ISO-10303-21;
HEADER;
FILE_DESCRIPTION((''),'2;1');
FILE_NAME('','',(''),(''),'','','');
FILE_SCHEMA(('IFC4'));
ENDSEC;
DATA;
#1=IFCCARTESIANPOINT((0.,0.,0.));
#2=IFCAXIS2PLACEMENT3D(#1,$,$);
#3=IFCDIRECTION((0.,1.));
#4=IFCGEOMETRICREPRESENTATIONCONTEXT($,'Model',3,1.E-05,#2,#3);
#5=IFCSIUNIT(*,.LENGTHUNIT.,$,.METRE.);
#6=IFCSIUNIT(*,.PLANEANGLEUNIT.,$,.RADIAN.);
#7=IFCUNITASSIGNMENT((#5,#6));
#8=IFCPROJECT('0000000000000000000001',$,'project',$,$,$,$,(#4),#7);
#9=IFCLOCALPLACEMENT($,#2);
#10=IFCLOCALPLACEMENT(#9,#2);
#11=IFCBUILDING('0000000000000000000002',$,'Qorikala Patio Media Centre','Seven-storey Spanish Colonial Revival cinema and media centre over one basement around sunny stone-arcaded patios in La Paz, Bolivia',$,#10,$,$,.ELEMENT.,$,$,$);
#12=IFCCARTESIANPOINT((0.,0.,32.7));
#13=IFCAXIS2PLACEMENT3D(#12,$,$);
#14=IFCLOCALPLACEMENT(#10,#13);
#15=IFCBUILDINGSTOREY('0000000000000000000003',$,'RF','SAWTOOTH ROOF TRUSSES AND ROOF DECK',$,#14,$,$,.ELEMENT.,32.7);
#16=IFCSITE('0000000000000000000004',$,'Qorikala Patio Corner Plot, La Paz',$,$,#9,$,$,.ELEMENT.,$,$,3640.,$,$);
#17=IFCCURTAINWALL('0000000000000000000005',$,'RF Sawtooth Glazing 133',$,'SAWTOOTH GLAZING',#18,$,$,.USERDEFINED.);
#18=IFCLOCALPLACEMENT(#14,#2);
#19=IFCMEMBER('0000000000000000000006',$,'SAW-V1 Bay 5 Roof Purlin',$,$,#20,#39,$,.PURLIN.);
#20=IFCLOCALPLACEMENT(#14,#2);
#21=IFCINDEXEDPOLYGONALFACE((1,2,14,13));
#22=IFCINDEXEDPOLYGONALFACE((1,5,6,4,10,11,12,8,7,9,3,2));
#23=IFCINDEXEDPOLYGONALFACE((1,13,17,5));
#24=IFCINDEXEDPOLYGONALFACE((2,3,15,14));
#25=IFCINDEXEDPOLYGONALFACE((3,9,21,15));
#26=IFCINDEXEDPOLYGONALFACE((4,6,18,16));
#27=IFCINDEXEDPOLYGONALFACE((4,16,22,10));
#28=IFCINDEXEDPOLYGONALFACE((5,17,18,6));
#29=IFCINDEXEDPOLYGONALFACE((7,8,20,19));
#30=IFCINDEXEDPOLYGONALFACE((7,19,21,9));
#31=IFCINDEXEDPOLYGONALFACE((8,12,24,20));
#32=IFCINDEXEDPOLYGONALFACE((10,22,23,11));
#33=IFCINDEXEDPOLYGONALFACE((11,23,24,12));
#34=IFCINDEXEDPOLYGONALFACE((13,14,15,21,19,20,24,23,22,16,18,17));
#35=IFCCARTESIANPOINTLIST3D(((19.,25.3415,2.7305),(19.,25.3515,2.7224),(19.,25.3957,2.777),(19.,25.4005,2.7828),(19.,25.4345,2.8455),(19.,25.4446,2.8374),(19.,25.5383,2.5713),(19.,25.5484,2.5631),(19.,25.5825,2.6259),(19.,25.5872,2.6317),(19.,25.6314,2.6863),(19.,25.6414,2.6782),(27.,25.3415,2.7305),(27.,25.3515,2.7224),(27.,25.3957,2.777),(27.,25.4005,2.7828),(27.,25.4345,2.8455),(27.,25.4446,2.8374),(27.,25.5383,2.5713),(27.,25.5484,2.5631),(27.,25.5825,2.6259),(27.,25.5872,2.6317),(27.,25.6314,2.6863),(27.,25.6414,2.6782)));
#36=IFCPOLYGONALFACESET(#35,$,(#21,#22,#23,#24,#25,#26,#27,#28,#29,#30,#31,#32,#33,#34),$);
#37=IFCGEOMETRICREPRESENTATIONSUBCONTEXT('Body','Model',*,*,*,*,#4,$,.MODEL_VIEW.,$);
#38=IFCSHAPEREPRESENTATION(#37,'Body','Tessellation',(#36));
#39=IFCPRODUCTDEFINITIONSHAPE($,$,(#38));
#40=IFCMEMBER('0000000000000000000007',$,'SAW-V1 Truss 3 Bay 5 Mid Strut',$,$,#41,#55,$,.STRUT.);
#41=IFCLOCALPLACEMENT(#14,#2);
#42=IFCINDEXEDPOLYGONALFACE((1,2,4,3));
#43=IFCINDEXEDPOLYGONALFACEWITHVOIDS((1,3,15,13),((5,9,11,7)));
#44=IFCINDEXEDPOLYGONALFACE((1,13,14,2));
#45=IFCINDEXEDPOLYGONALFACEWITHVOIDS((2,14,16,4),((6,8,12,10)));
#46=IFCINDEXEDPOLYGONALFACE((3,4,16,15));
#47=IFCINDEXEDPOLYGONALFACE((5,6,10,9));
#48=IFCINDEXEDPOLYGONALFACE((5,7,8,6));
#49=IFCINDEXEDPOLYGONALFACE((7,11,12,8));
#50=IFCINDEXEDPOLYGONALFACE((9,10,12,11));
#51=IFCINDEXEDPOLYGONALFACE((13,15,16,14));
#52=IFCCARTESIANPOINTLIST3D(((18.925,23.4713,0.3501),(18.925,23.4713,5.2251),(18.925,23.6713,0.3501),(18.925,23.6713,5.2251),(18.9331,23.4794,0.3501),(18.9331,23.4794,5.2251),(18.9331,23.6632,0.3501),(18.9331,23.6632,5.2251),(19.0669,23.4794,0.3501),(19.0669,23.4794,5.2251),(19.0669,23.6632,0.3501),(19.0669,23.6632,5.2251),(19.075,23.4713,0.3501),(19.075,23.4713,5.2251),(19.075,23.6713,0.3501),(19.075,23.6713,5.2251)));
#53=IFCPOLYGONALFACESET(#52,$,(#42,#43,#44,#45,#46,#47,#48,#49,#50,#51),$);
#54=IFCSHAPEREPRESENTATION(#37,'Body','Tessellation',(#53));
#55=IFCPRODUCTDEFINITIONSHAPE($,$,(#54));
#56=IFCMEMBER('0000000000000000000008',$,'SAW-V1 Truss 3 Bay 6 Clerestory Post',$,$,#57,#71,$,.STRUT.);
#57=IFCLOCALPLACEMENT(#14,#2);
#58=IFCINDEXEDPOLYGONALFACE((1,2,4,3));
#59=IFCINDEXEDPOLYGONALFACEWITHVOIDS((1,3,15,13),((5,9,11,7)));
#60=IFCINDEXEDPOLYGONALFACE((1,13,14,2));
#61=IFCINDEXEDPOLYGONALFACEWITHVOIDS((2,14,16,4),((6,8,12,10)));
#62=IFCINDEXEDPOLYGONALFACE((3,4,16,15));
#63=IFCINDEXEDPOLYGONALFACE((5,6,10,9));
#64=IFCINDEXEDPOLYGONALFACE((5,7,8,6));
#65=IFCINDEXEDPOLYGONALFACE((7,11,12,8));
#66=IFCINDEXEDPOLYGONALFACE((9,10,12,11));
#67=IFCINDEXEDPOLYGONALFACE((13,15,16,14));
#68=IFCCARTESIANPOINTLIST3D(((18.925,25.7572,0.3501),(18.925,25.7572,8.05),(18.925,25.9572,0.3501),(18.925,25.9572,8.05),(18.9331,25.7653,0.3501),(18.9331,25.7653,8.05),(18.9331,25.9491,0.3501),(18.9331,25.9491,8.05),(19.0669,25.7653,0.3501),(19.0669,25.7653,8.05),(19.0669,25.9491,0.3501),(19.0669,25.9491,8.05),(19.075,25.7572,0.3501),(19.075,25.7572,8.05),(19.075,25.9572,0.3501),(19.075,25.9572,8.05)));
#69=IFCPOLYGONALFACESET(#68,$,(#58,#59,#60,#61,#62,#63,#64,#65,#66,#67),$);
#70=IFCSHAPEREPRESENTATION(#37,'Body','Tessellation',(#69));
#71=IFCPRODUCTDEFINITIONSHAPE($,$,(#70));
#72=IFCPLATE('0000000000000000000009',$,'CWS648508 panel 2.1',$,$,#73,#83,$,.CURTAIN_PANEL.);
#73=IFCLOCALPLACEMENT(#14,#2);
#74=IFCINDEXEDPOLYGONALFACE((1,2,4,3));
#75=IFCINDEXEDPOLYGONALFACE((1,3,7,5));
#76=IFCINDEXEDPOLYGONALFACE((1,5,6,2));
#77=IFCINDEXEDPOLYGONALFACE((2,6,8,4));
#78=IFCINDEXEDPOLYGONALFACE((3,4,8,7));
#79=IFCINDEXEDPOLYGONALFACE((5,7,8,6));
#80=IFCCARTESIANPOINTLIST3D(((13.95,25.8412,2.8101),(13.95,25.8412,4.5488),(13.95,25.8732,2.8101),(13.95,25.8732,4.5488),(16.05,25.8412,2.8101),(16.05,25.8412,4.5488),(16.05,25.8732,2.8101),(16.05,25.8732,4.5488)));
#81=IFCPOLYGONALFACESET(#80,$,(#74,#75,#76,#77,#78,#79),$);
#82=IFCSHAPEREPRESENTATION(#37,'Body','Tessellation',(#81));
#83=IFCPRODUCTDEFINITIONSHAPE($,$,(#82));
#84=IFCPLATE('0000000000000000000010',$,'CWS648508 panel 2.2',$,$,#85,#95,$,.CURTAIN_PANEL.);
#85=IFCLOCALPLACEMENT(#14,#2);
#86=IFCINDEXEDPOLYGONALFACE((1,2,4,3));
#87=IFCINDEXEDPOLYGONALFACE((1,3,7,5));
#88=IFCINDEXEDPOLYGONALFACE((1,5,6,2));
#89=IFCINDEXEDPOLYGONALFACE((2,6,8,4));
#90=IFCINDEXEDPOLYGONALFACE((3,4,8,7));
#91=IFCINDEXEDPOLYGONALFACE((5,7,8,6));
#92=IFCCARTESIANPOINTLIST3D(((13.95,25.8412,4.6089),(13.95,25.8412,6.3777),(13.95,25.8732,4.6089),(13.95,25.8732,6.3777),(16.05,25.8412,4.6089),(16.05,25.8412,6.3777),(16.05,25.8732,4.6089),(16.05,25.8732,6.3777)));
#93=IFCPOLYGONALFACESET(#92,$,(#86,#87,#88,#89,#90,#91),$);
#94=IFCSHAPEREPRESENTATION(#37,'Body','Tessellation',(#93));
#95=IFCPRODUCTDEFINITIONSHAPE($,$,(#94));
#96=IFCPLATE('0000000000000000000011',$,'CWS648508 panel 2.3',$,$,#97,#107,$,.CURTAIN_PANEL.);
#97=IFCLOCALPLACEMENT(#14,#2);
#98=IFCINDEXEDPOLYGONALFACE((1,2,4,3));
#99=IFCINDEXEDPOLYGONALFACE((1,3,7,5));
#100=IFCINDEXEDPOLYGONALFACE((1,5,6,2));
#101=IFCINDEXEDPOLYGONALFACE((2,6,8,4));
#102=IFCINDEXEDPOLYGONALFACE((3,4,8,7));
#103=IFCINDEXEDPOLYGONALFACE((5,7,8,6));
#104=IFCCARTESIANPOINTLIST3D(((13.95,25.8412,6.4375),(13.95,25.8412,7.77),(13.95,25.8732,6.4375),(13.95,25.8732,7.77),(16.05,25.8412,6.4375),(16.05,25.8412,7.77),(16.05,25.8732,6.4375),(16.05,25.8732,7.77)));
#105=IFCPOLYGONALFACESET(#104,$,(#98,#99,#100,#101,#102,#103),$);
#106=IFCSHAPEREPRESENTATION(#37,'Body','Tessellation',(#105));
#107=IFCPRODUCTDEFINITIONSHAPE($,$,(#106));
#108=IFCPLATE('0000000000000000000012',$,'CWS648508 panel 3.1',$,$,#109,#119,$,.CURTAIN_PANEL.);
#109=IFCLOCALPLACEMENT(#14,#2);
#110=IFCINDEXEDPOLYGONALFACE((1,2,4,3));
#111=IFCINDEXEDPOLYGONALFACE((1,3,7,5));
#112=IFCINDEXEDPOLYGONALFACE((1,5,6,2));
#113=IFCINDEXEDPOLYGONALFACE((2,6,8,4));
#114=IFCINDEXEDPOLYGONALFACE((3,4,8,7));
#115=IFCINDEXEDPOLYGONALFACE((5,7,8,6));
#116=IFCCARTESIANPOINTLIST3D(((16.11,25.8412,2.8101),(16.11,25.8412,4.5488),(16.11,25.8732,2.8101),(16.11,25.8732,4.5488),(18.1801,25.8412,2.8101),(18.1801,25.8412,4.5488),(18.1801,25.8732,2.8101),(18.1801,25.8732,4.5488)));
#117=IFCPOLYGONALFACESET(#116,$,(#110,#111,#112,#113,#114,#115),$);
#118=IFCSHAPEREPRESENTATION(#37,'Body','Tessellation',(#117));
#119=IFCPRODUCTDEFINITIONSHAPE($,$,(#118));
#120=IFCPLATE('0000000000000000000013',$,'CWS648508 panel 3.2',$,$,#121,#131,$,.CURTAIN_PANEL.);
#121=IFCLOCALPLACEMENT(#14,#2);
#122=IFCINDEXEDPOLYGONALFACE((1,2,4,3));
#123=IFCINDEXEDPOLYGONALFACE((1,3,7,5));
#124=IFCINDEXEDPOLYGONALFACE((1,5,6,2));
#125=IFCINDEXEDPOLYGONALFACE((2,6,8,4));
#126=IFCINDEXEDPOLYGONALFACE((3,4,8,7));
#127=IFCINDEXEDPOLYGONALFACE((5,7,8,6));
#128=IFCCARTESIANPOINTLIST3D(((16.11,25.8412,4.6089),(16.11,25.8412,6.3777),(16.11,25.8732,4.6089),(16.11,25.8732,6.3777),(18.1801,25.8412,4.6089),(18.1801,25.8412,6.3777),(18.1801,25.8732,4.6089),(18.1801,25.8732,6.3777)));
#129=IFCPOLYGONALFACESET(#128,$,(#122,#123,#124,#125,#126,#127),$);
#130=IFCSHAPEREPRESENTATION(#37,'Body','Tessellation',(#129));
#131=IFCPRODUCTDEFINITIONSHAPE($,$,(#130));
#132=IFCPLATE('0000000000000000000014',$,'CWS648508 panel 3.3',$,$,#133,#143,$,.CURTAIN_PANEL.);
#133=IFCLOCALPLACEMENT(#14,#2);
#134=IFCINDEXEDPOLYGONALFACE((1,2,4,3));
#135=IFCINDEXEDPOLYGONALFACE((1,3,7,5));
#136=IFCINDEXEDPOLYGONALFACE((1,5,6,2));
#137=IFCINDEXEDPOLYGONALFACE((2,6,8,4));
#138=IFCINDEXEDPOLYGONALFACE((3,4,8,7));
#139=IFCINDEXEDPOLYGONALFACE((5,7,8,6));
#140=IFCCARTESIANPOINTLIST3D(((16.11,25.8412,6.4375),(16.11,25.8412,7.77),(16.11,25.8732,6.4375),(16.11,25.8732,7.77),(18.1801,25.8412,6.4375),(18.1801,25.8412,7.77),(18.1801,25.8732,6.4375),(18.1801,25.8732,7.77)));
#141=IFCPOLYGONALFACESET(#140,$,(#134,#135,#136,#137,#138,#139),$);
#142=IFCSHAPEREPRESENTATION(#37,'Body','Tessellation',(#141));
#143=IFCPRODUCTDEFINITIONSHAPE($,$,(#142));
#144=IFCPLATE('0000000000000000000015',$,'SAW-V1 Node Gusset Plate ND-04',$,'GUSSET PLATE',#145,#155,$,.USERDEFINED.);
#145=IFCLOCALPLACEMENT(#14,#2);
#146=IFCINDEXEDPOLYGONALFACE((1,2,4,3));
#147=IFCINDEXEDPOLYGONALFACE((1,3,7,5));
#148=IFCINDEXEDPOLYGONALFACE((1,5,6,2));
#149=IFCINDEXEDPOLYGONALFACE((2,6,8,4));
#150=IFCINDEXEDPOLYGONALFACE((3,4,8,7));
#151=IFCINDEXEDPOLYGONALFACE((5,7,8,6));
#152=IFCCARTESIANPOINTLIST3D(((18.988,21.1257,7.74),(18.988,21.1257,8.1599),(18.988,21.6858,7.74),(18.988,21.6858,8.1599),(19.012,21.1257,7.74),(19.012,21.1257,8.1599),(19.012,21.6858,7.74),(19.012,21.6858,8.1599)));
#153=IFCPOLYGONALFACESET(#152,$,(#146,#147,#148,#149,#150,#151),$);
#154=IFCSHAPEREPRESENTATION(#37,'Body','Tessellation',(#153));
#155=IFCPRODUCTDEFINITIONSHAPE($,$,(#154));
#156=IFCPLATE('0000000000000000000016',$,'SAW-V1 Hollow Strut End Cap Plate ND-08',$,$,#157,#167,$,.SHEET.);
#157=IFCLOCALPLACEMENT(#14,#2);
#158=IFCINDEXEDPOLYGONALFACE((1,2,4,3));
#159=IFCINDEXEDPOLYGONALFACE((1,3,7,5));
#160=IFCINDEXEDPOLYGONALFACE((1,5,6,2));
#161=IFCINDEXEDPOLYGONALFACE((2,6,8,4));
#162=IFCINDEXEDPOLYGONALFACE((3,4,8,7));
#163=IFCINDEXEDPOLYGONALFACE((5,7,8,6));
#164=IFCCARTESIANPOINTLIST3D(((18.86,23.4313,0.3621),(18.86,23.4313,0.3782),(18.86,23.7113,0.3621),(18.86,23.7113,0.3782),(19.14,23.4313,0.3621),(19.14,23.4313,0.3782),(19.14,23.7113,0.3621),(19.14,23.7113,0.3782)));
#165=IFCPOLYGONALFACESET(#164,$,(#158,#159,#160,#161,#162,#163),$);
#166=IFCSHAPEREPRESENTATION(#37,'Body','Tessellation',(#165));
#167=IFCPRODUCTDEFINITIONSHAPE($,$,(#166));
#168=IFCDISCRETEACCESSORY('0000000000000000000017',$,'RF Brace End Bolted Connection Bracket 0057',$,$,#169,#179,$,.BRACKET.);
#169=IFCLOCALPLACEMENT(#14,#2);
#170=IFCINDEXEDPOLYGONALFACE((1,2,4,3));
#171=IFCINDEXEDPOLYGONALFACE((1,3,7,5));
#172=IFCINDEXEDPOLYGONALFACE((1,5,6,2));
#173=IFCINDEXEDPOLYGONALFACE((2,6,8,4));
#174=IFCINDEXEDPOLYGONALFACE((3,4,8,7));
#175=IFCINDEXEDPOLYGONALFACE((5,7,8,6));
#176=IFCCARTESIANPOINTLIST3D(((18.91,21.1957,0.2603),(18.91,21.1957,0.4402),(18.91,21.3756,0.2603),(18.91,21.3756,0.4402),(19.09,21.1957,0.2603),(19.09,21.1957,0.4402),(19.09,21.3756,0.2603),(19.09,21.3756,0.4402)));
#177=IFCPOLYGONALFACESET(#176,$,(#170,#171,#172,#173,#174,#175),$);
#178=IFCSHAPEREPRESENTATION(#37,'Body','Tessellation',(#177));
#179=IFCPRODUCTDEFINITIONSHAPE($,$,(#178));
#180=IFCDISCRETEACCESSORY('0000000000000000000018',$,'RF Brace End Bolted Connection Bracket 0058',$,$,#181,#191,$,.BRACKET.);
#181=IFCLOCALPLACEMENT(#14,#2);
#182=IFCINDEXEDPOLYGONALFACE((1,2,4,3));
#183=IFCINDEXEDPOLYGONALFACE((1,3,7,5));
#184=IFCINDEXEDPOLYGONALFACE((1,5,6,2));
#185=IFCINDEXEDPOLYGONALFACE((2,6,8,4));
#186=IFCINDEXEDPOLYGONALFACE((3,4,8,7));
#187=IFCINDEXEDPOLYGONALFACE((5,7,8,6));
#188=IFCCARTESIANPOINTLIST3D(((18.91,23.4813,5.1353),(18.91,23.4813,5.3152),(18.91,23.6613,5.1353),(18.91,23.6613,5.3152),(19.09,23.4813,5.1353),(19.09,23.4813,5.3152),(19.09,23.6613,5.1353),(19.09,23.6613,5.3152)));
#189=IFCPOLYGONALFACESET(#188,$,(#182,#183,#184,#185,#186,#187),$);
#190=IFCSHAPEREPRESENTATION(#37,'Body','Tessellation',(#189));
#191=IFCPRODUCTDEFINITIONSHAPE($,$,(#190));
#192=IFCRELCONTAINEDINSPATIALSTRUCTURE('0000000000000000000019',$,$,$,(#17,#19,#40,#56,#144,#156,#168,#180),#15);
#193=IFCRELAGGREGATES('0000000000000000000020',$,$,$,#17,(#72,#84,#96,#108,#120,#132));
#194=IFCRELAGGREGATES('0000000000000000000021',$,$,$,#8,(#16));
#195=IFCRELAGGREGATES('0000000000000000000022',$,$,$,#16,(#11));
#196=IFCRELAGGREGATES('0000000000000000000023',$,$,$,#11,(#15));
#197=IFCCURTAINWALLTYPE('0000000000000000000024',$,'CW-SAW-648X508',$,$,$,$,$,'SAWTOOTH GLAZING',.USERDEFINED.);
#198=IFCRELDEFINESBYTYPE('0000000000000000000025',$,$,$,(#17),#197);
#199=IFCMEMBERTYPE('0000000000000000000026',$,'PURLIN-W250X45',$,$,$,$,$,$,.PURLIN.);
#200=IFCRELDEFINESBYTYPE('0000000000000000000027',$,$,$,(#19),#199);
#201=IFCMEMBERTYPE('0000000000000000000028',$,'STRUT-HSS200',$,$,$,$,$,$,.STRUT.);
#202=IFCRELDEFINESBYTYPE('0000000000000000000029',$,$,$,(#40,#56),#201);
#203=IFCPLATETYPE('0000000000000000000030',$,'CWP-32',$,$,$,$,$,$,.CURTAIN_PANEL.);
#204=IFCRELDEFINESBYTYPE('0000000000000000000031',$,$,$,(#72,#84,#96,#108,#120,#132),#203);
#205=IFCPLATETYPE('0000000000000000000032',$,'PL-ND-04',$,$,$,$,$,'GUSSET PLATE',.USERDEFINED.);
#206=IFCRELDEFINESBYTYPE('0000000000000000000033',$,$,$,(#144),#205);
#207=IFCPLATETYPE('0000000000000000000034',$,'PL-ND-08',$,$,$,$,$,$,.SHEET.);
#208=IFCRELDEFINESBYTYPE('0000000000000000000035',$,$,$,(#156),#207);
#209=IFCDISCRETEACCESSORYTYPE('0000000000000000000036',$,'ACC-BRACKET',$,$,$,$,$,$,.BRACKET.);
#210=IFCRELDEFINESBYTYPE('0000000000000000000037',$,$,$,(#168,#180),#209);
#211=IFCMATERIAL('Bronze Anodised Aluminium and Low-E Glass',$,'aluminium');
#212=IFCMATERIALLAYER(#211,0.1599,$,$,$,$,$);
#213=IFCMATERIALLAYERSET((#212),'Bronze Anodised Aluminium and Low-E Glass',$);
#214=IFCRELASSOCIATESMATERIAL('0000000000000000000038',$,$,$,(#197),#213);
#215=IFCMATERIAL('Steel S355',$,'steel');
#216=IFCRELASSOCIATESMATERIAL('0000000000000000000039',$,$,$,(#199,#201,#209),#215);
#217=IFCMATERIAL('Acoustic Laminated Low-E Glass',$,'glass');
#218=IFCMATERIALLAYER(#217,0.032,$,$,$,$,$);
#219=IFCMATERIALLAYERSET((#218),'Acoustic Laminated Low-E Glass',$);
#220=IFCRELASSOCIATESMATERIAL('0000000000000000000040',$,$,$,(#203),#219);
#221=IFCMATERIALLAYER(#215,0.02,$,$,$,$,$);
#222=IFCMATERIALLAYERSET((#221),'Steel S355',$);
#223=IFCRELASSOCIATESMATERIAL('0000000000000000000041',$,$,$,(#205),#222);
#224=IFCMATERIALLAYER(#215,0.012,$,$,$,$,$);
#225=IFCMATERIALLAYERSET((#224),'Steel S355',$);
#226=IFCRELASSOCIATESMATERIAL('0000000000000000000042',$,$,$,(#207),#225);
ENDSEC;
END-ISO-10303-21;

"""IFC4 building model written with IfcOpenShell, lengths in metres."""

from ifc_helpers import new_model, si_unit, direction, frame, origin, origin_2d, place, context, subcontext, project, spatial, rectangle, hollow_rectangle, i_section, extrude, material, layer, layer_set, material_profile, profile_set, type_object, element, aggregate, save


model = new_model("IFC4")

# Units and contexts
model_context = context("Model", 3, precision=1e-05, world=origin(), true_north=direction((0.0, 1.0)))
body_context = subcontext(model_context, "Body", "Model", "MODEL_VIEW")
ifc_project = project(units=[si_unit("LENGTHUNIT", "METRE"), si_unit("PLANEANGLEUNIT", "RADIAN")], contexts=[model_context])

# Site, building, storey
site_placement = place(None, origin())
site = spatial("IfcSite", under=ifc_project, at=site_placement, Name="Qorikala Patio Corner Plot, La Paz", CompositionType="ELEMENT", RefElevation=3640.0)
building_placement = place(site_placement, origin())
building = spatial("IfcBuilding", under=site, at=building_placement, Name="Qorikala Patio Media Centre", Description="Seven-storey Spanish Colonial Revival cinema and media centre over one basement around sunny stone-arcaded patios in La Paz, Bolivia", CompositionType="ELEMENT")
storey_placement = place(building_placement, frame((0.0, 0.0, 32.7)))
storey = spatial("IfcBuildingStorey", under=building, at=storey_placement, Name="RF", Description="SAWTOOTH ROOF TRUSSES AND ROOF DECK", CompositionType="ELEMENT", Elevation=32.7)

# Shared definitions
ifc_material_1 = material(Name="Steel S355", Category="steel")

# Curtain wall
ifc_material_2 = material(Name="Bronze Anodised Aluminium and Low-E Glass", Category="aluminium")
ifc_layer_1 = layer(ifc_material_2, 0.1599)
ifc_layer_set_1 = layer_set([ifc_layer_1], Name="Bronze Anodised Aluminium and Low-E Glass")
curtain_wall_type = type_object("IfcCurtainWallType", Name="CW-SAW-648X508", ElementType="SAWTOOTH GLAZING", PredefinedType="USERDEFINED", material=ifc_layer_set_1)
curtain_wall_placement = place(storey_placement, origin())
curtain_wall = element("IfcCurtainWall", 1, at=curtain_wall_placement, inside=storey, type_object=curtain_wall_type, Name="RF Sawtooth Glazing 133", ObjectType="SAWTOOTH GLAZING", PredefinedType="USERDEFINED")

# Members
ifc_material_profile_1 = material_profile(ifc_material_1, i_section(OverallWidth=0.1479, OverallDepth=0.2661, WebThickness=0.0076, FlangeThickness=0.0129, at=origin_2d()), Name="W250X45")
ifc_profile_set_1 = profile_set([ifc_material_profile_1], Name="Steel S355")
member_type_1 = type_object("IfcMemberType", Name="PURLIN-W250X45", PredefinedType="PURLIN", material=ifc_profile_set_1)
for number, where, z_axis, x_axis, name in (
    (2, (19.0, 25.4915, 2.7043), (1.0, 0.0, 0.0), (0.0, 0.628995, 0.77741), "SAW-V1 Bay 5 Roof Purlin"),
):
    element("IfcMember", number, at=place(storey_placement, frame(where, z_axis=z_axis, x_axis=x_axis)), inside=storey, type_object=member_type_1, Name=name, PredefinedType="PURLIN", context=body_context, shape_type="SweptSolid", body=[
        extrude(i_section(OverallWidth=0.1479, OverallDepth=0.2661, WebThickness=0.0076, FlangeThickness=0.0129, at=origin_2d()), origin(), (0.0, 0.0, 1.0), 8.0),
    ])
ifc_material_profile_2 = material_profile(ifc_material_1, hollow_rectangle(XDim=0.1499, YDim=0.2, WallThickness=0.0081, at=origin_2d()), Name="HSS200X150X8")
ifc_profile_set_2 = profile_set([ifc_material_profile_2], Name="Steel S355")
member_type_2 = type_object("IfcMemberType", Name="STRUT-HSS200", PredefinedType="STRUT", material=ifc_profile_set_2)
member_1_placement = place(storey_placement, frame((19.0, 23.5713, 0.3501), z_axis=(0.0, 0.0, 1.0), x_axis=(1.0, 0.0, 0.0)))
element("IfcMember", 3, at=member_1_placement, inside=storey, type_object=member_type_2, Name="SAW-V1 Truss 3 Bay 5 Mid Strut", PredefinedType="STRUT", context=body_context, shape_type="SweptSolid", body=[
    extrude(hollow_rectangle(XDim=0.1499, YDim=0.2, WallThickness=0.0081, at=origin_2d()), origin(), (0.0, 0.0, 1.0), 4.875),
])
member_2_placement = place(storey_placement, frame((19.0, 25.8572, 0.3501), z_axis=(0.0, 0.0, 1.0), x_axis=(1.0, 0.0, 0.0)))
element("IfcMember", 4, at=member_2_placement, inside=storey, type_object=member_type_2, Name="SAW-V1 Truss 3 Bay 6 Clerestory Post", PredefinedType="STRUT", context=body_context, shape_type="SweptSolid", body=[
    extrude(hollow_rectangle(XDim=0.1499, YDim=0.2, WallThickness=0.0081, at=origin_2d()), origin(), (0.0, 0.0, 1.0), 7.7),
])

# Plates
ifc_material_3 = material(Name="Acoustic Laminated Low-E Glass", Category="glass")
ifc_layer_2 = layer(ifc_material_3, 0.032)
ifc_layer_set_2 = layer_set([ifc_layer_2], Name="Acoustic Laminated Low-E Glass")
plate_type_1 = type_object("IfcPlateType", Name="CWP-32", PredefinedType="CURTAIN_PANEL", material=ifc_layer_set_2)
plate_1_placement = place(storey_placement, frame((15.0, 25.8572, 2.8101), z_axis=(0.0, 0.0, 1.0), x_axis=(1.0, 0.0, 0.0)))
plate_1 = element("IfcPlate", 5, at=plate_1_placement, type_object=plate_type_1, Name="CWS648508 panel 2.1", PredefinedType="CURTAIN_PANEL", context=body_context, shape_type="SweptSolid", body=[
    extrude(rectangle(XDim=2.1001, YDim=0.032, at=origin_2d()), origin(), (0.0, 0.0, 1.0), 1.7388),
])
plate_2_placement = place(storey_placement, frame((15.0, 25.8572, 4.6089), z_axis=(0.0, 0.0, 1.0), x_axis=(1.0, 0.0, 0.0)))
plate_2 = element("IfcPlate", 6, at=plate_2_placement, type_object=plate_type_1, Name="CWS648508 panel 2.2", PredefinedType="CURTAIN_PANEL", context=body_context, shape_type="SweptSolid", body=[
    extrude(rectangle(XDim=2.1001, YDim=0.032, at=origin_2d()), origin(), (0.0, 0.0, 1.0), 1.7688),
])
plate_3_placement = place(storey_placement, frame((15.0, 25.8572, 6.4375), z_axis=(0.0, 0.0, 1.0), x_axis=(1.0, 0.0, 0.0)))
plate_3 = element("IfcPlate", 7, at=plate_3_placement, type_object=plate_type_1, Name="CWS648508 panel 2.3", PredefinedType="CURTAIN_PANEL", context=body_context, shape_type="SweptSolid", body=[
    extrude(rectangle(XDim=2.1001, YDim=0.032, at=origin_2d()), origin(), (0.0, 0.0, 1.0), 1.3325),
])
plate_4_placement = place(storey_placement, frame((17.145, 25.8572, 2.8101), z_axis=(0.0, 0.0, 1.0), x_axis=(1.0, 0.0, 0.0)))
plate_4 = element("IfcPlate", 8, at=plate_4_placement, type_object=plate_type_1, Name="CWS648508 panel 3.1", PredefinedType="CURTAIN_PANEL", context=body_context, shape_type="SweptSolid", body=[
    extrude(rectangle(XDim=2.0701, YDim=0.032, at=origin_2d()), origin(), (0.0, 0.0, 1.0), 1.7388),
])
plate_5_placement = place(storey_placement, frame((17.145, 25.8572, 4.6089), z_axis=(0.0, 0.0, 1.0), x_axis=(1.0, 0.0, 0.0)))
plate_5 = element("IfcPlate", 9, at=plate_5_placement, type_object=plate_type_1, Name="CWS648508 panel 3.2", PredefinedType="CURTAIN_PANEL", context=body_context, shape_type="SweptSolid", body=[
    extrude(rectangle(XDim=2.0701, YDim=0.032, at=origin_2d()), origin(), (0.0, 0.0, 1.0), 1.7688),
])
plate_6_placement = place(storey_placement, frame((17.145, 25.8572, 6.4375), z_axis=(0.0, 0.0, 1.0), x_axis=(1.0, 0.0, 0.0)))
plate_6 = element("IfcPlate", 10, at=plate_6_placement, type_object=plate_type_1, Name="CWS648508 panel 3.3", PredefinedType="CURTAIN_PANEL", context=body_context, shape_type="SweptSolid", body=[
    extrude(rectangle(XDim=2.0701, YDim=0.032, at=origin_2d()), origin(), (0.0, 0.0, 1.0), 1.3325),
])
aggregate(curtain_wall, [plate_1, plate_2, plate_3, plate_4, plate_5, plate_6])

# Plates
ifc_layer_3 = layer(ifc_material_1, 0.02)
ifc_layer_set_3 = layer_set([ifc_layer_3], Name="Steel S355")
plate_type_2 = type_object("IfcPlateType", Name="PL-ND-04", ElementType="GUSSET PLATE", PredefinedType="USERDEFINED", material=ifc_layer_set_3)
plate_7_placement = place(storey_placement, frame((19.0, 21.4058, 7.74), z_axis=(0.0, 0.0, 1.0), x_axis=(1.0, 0.0, 0.0)))
element("IfcPlate", 11, at=plate_7_placement, inside=storey, type_object=plate_type_2, Name="SAW-V1 Node Gusset Plate ND-04", ObjectType="GUSSET PLATE", PredefinedType="USERDEFINED", context=body_context, shape_type="SweptSolid", body=[
    extrude(rectangle(XDim=0.0239, YDim=0.5601, at=origin_2d()), origin(), (0.0, 0.0, 1.0), 0.4199),
])
ifc_layer_4 = layer(ifc_material_1, 0.012)
ifc_layer_set_4 = layer_set([ifc_layer_4], Name="Steel S355")
plate_type_3 = type_object("IfcPlateType", Name="PL-ND-08", PredefinedType="SHEET", material=ifc_layer_set_4)
plate_8_placement = place(storey_placement, frame((19.0, 23.5713, 0.3621), z_axis=(0.0, 0.0, 1.0), x_axis=(1.0, 0.0, 0.0)))
element("IfcPlate", 12, at=plate_8_placement, inside=storey, type_object=plate_type_3, Name="SAW-V1 Hollow Strut End Cap Plate ND-08", PredefinedType="SHEET", context=body_context, shape_type="SweptSolid", body=[
    extrude(rectangle(XDim=0.28, YDim=0.28, at=origin_2d()), origin(), (0.0, 0.0, 1.0), 0.0161),
])

# Discrete accessories
discrete_accessory_type = type_object("IfcDiscreteAccessoryType", Name="ACC-BRACKET", PredefinedType="BRACKET", material=ifc_material_1)
for number, where, z_axis, x_axis, name in (
    (13, (19.0, 21.2856, 0.2603), (0.0, 0.0, 1.0), (1.0, 0.0, 0.0), "RF Brace End Bolted Connection Bracket 0057"),
    (14, (19.0, 23.5713, 5.1353), (0.0, 0.0, 1.0), (1.0, 0.0, 0.0), "RF Brace End Bolted Connection Bracket 0058"),
):
    element("IfcDiscreteAccessory", number, at=place(storey_placement, frame(where, z_axis=z_axis, x_axis=x_axis)), inside=storey, type_object=discrete_accessory_type, Name=name, PredefinedType="BRACKET", context=body_context, shape_type="SweptSolid", body=[
        extrude(rectangle(XDim=0.1799, YDim=0.1799, at=origin_2d()), origin(), (0.0, 0.0, 1.0), 0.1799),
    ])

save(model, "model.ifc")
